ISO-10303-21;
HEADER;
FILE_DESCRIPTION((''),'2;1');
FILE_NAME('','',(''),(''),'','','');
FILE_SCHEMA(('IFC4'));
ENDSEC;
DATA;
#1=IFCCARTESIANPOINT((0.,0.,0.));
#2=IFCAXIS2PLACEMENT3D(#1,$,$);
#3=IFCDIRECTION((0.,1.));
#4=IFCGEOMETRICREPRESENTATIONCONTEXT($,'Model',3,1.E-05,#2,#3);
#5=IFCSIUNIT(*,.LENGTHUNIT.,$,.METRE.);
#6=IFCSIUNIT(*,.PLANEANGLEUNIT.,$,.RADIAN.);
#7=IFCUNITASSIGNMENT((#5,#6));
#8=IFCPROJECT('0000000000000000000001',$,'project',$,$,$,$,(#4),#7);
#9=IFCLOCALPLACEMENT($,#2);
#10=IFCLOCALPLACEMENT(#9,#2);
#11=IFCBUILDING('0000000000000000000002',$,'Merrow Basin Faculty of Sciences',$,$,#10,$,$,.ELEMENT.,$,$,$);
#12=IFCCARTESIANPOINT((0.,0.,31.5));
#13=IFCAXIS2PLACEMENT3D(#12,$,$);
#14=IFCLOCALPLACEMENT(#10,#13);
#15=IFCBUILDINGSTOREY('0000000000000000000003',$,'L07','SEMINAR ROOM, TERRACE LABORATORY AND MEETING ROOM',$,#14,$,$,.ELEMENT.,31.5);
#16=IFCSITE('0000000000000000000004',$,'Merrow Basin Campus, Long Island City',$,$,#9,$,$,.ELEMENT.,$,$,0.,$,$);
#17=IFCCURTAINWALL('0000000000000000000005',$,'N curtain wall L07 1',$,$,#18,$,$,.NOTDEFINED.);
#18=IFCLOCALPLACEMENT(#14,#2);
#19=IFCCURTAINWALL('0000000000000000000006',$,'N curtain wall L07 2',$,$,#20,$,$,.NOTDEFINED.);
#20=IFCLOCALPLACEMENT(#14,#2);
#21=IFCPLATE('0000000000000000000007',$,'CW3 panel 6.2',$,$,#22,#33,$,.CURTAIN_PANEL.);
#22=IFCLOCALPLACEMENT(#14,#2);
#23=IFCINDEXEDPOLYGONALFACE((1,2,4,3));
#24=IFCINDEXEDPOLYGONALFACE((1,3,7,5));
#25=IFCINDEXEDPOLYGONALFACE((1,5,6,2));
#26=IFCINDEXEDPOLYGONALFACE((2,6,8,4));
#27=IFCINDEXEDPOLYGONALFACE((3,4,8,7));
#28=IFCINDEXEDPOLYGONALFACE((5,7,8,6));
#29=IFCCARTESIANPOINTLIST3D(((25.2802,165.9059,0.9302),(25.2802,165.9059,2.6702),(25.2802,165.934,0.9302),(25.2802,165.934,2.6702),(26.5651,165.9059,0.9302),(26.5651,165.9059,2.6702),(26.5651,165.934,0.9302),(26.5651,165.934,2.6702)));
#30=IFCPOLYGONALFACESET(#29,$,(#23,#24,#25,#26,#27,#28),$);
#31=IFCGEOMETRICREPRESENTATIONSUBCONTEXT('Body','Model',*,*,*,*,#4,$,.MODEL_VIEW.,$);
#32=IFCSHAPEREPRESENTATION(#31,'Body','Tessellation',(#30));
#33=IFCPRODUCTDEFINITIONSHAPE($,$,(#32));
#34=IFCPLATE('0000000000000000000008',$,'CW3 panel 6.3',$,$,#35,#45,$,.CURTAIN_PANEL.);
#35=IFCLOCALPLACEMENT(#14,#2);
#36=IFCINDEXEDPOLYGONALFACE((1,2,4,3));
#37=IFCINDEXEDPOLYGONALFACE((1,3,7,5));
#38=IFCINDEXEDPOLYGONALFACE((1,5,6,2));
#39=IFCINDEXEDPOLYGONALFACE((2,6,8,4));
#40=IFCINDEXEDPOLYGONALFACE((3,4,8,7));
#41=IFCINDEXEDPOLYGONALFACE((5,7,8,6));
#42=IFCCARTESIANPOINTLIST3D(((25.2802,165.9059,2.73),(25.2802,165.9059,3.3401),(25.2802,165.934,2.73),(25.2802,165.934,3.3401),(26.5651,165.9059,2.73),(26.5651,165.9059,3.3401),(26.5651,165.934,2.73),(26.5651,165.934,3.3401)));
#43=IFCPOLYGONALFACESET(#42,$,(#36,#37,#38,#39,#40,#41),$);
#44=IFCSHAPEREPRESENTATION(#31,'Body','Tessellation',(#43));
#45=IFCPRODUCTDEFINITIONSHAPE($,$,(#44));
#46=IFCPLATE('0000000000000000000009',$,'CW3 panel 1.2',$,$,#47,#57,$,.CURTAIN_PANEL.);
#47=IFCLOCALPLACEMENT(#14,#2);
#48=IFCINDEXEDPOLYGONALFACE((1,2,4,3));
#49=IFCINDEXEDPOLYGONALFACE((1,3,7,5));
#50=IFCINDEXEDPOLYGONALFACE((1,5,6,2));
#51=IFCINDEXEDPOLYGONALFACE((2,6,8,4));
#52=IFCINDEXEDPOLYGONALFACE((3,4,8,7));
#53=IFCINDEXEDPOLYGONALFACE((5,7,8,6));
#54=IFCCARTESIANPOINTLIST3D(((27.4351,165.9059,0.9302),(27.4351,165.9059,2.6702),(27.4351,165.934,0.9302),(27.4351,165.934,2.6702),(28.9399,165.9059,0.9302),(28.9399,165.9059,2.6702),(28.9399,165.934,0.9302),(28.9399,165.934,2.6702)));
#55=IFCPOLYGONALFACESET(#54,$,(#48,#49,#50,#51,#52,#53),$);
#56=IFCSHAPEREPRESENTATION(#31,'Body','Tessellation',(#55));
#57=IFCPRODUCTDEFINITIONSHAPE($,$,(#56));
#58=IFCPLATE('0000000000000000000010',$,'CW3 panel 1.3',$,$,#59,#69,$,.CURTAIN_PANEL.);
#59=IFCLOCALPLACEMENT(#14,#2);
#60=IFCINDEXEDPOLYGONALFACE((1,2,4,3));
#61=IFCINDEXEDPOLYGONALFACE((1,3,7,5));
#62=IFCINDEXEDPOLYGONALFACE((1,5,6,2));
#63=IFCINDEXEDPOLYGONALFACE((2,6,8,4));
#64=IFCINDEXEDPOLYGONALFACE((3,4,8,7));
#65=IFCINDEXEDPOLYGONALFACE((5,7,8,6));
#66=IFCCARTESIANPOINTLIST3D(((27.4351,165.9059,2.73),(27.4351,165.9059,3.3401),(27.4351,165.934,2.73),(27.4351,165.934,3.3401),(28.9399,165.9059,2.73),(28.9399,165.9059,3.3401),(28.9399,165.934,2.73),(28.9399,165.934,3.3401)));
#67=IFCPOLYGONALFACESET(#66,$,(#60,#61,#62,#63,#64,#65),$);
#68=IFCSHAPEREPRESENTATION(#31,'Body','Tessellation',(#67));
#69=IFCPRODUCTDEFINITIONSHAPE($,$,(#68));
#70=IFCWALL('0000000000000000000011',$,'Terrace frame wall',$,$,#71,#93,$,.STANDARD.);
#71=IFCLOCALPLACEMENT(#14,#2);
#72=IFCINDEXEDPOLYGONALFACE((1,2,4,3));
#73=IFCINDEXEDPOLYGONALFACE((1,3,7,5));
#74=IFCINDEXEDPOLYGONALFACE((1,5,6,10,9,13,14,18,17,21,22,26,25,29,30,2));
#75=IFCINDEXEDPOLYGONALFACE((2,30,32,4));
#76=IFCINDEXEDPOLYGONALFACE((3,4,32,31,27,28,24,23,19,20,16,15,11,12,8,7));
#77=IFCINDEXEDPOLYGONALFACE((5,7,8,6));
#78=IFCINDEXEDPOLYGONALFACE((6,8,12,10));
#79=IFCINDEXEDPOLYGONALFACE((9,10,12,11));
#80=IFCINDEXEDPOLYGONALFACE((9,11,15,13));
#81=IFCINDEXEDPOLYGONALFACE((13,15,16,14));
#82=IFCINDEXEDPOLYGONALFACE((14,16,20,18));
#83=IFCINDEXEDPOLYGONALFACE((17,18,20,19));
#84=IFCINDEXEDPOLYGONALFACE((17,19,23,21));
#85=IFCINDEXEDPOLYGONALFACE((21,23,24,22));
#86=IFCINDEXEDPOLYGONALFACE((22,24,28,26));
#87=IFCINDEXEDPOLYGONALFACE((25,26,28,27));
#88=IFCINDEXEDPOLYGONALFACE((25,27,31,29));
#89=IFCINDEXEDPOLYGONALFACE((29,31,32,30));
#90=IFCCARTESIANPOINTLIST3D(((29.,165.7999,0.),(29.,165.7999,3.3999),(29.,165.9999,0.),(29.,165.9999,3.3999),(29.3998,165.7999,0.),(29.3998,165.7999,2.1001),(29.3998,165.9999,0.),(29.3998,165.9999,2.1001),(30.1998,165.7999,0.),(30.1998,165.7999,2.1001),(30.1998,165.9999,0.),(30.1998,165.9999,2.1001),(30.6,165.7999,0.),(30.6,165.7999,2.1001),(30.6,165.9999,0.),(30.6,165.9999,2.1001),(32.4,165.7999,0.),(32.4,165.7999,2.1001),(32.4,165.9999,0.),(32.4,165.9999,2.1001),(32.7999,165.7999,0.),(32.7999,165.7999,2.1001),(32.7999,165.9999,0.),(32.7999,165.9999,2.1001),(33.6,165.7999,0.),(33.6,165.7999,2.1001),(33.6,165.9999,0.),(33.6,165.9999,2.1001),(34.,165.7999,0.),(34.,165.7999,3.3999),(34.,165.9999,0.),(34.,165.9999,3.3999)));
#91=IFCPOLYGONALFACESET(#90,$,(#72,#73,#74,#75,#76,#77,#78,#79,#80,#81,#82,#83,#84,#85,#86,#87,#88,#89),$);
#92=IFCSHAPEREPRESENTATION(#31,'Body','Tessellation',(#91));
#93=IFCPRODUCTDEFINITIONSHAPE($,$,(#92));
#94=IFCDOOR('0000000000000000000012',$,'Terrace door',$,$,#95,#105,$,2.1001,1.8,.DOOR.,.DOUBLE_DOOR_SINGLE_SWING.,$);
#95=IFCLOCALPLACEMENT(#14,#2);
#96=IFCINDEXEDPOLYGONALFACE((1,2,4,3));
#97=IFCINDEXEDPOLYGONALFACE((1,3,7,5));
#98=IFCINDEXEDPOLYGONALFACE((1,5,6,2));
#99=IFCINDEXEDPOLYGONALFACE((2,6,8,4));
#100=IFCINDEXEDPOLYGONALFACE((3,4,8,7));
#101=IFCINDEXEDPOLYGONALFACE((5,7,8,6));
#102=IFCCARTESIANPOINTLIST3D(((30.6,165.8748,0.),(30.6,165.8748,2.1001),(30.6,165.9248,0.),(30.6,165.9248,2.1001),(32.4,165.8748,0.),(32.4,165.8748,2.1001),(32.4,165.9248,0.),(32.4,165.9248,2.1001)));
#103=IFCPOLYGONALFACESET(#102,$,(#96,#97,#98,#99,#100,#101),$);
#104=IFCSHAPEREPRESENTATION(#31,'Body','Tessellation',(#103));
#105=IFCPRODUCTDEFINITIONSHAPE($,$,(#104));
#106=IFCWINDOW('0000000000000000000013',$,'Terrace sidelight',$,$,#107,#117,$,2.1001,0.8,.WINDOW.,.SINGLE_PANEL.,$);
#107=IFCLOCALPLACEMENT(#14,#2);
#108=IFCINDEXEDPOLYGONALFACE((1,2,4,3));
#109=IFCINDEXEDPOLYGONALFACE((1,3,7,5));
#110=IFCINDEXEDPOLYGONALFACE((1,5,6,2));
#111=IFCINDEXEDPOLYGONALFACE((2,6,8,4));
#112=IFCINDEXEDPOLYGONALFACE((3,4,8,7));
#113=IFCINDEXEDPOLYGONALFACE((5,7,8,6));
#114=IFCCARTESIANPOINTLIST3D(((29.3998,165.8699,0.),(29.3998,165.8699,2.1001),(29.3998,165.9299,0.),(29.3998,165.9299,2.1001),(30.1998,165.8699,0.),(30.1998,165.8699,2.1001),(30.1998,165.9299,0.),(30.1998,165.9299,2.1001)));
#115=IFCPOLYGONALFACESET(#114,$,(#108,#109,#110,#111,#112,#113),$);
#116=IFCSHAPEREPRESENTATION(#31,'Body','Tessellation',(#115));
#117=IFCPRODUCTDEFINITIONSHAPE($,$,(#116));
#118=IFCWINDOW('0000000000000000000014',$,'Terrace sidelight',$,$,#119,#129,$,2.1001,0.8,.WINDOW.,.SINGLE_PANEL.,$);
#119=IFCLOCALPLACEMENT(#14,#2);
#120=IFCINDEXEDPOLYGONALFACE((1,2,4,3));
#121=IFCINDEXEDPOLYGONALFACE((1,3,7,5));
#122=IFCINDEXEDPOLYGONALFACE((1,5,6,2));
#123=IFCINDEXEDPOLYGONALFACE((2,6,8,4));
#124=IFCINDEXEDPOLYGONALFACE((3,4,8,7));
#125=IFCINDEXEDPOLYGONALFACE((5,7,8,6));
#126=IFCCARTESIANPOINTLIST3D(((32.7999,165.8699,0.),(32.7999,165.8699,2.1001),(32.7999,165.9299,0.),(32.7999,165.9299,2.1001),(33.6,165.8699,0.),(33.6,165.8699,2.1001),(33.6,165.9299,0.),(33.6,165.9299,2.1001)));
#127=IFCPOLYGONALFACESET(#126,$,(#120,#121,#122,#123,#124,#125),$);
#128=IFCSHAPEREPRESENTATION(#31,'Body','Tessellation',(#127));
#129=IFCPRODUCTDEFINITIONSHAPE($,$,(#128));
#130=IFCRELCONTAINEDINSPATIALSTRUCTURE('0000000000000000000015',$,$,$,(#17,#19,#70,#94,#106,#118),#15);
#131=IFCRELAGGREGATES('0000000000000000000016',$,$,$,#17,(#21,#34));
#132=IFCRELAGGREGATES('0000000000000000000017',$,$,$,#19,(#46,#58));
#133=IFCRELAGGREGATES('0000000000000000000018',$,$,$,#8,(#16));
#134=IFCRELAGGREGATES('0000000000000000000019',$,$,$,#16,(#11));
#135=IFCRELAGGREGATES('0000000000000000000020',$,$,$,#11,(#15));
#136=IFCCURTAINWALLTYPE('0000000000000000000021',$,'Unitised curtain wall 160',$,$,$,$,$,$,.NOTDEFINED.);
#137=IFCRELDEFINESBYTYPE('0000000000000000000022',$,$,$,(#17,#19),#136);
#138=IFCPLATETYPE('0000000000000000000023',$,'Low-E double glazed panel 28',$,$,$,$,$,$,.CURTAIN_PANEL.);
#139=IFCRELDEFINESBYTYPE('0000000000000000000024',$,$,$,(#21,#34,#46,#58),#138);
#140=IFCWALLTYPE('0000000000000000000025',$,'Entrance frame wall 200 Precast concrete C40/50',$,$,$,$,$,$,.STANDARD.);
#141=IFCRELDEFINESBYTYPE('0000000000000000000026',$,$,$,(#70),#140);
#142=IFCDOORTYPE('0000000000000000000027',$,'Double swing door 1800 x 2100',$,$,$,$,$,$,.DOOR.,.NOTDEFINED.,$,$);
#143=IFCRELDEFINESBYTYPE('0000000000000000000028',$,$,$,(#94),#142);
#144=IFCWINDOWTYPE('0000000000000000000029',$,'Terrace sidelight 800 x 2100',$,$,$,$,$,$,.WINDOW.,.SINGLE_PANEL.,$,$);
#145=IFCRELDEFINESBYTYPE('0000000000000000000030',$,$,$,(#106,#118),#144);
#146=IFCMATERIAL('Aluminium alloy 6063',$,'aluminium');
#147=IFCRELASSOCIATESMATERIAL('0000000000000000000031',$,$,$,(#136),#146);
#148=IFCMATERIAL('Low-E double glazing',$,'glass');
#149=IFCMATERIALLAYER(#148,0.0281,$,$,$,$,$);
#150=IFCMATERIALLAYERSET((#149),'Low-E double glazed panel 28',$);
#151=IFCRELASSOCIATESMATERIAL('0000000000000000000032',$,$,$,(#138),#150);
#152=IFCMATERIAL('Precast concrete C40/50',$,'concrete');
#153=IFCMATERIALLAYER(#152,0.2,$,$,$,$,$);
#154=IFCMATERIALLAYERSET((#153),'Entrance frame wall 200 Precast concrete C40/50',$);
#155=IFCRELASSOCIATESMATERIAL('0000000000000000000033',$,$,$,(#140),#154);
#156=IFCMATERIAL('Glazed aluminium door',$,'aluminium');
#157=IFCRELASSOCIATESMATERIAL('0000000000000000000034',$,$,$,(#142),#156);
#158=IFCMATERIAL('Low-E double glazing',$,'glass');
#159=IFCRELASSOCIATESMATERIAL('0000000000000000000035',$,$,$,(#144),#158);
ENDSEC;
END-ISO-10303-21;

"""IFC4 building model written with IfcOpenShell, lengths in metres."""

from ifc_helpers import new_model, si_unit, direction, frame, frame_2d, origin, origin_2d, place, context, subcontext, project, spatial, rectangle, extrude, material, layer, layer_set, type_object, element, fill, aggregate, save


model = new_model("IFC4")

# Units and contexts
model_context = context("Model", 3, precision=1e-05, world=origin(), true_north=direction((0.0, 1.0)))
body_context = subcontext(model_context, "Body", "Model", "MODEL_VIEW")
ifc_project = project(units=[si_unit("LENGTHUNIT", "METRE"), si_unit("PLANEANGLEUNIT", "RADIAN")], contexts=[model_context])

# Site, building, storey
site_placement = place(None, origin())
site = spatial("IfcSite", under=ifc_project, at=site_placement, Name="Merrow Basin Campus, Long Island City", CompositionType="ELEMENT", RefElevation=0.0)
building_placement = place(site_placement, origin())
building = spatial("IfcBuilding", under=site, at=building_placement, Name="Merrow Basin Faculty of Sciences", CompositionType="ELEMENT")
storey_placement = place(building_placement, frame((0.0, 0.0, 31.5)))
storey = spatial("IfcBuildingStorey", under=building, at=storey_placement, Name="L07", Description="SEMINAR ROOM, TERRACE LABORATORY AND MEETING ROOM", CompositionType="ELEMENT", Elevation=31.5)

# Curtain wall
ifc_material_1 = material(Name="Aluminium alloy 6063", Category="aluminium")
curtain_wall_type = type_object("IfcCurtainWallType", Name="Unitised curtain wall 160", PredefinedType="NOTDEFINED", material=ifc_material_1)
curtain_wall_1_placement = place(storey_placement, origin())
curtain_wall_1 = element("IfcCurtainWall", 1, at=curtain_wall_1_placement, inside=storey, type_object=curtain_wall_type, Name="N curtain wall L07 1", PredefinedType="NOTDEFINED")

# Curtain wall
curtain_wall_2_placement = place(storey_placement, origin())
curtain_wall_2 = element("IfcCurtainWall", 2, at=curtain_wall_2_placement, inside=storey, type_object=curtain_wall_type, Name="N curtain wall L07 2", PredefinedType="NOTDEFINED")

# Plates
ifc_material_2 = material(Name="Low-E double glazing", Category="glass")
ifc_layer_1 = layer(ifc_material_2, 0.0281)
ifc_layer_set_1 = layer_set([ifc_layer_1], Name="Low-E double glazed panel 28")
plate_type_1 = type_object("IfcPlateType", Name="Low-E double glazed panel 28", PredefinedType="CURTAIN_PANEL", material=ifc_layer_set_1)
plate_1_placement = place(storey_placement, frame((25.9226, 165.9199, 0.9302), z_axis=(0.0, 0.0, 1.0), x_axis=(1.0, 0.0, 0.0)))
plate_1 = element("IfcPlate", 3, at=plate_1_placement, type_object=plate_type_1, Name="CW3 panel 6.2", PredefinedType="CURTAIN_PANEL", context=body_context, shape_type="SweptSolid", body=[
    extrude(rectangle(XDim=1.2849, YDim=0.0281, at=origin_2d()), origin(), (0.0, 0.0, 1.0), 1.74),
])
plate_2_placement = place(storey_placement, frame((25.9226, 165.9199, 2.73), z_axis=(0.0, 0.0, 1.0), x_axis=(1.0, 0.0, 0.0)))
plate_2 = element("IfcPlate", 4, at=plate_2_placement, type_object=plate_type_1, Name="CW3 panel 6.3", PredefinedType="CURTAIN_PANEL", context=body_context, shape_type="SweptSolid", body=[
    extrude(rectangle(XDim=1.2849, YDim=0.0281, at=origin_2d()), origin(), (0.0, 0.0, 1.0), 0.6101),
])
aggregate(curtain_wall_1, [plate_1, plate_2])
plate_3_placement = place(storey_placement, frame((28.1875, 165.9199, 0.9302), z_axis=(0.0, 0.0, 1.0), x_axis=(1.0, 0.0, 0.0)))
plate_3 = element("IfcPlate", 5, at=plate_3_placement, type_object=plate_type_1, Name="CW3 panel 1.2", PredefinedType="CURTAIN_PANEL", context=body_context, shape_type="SweptSolid", body=[
    extrude(rectangle(XDim=1.5049, YDim=0.0281, at=origin_2d()), origin(), (0.0, 0.0, 1.0), 1.74),
])
plate_4_placement = place(storey_placement, frame((28.1875, 165.9199, 2.73), z_axis=(0.0, 0.0, 1.0), x_axis=(1.0, 0.0, 0.0)))
plate_4 = element("IfcPlate", 6, at=plate_4_placement, type_object=plate_type_1, Name="CW3 panel 1.3", PredefinedType="CURTAIN_PANEL", context=body_context, shape_type="SweptSolid", body=[
    extrude(rectangle(XDim=1.5049, YDim=0.0281, at=origin_2d()), origin(), (0.0, 0.0, 1.0), 0.6101),
])
aggregate(curtain_wall_2, [plate_3, plate_4])

# Wall, openings, door, windows
ifc_material_3 = material(Name="Precast concrete C40/50", Category="concrete")
ifc_layer_2 = layer(ifc_material_3, 0.2)
ifc_layer_set_2 = layer_set([ifc_layer_2], Name="Entrance frame wall 200 Precast concrete C40/50")
wall_type = type_object("IfcWallType", Name="Entrance frame wall 200 Precast concrete C40/50", PredefinedType="STANDARD", material=ifc_layer_set_2)
wall_placement = place(storey_placement, frame((29.0, 165.8999, 0.0), z_axis=(0.0, 0.0, 1.0), x_axis=(1.0, 0.0, 0.0)))
wall = element("IfcWall", 7, at=wall_placement, inside=storey, type_object=wall_type, Name="Terrace frame wall", PredefinedType="STANDARD", context=body_context, shape_type="SweptSolid", body=[
    extrude(rectangle(XDim=5.0, YDim=0.2, at=frame_2d((2.5, 0.0))), origin(), (0.0, 0.0, 1.0), 3.3999),
])
opening_1_placement = place(wall_placement, frame((1.6001, 0.0, 0.0)))
opening_1 = element("IfcOpeningElement", 8, at=opening_1_placement, cuts=wall, PredefinedType="OPENING", context=body_context, shape_type="SweptSolid", body=[
    extrude(rectangle(XDim=1.8, YDim=2.1001, at=frame_2d((0.8999, 1.05))), frame((0.0, 0.1099, 0.0), z_axis=(0.0, -1.0, 0.0), x_axis=(1.0, 0.0, 0.0)), (0.0, 0.0, 1.0), 0.22),
])
opening_2_placement = place(wall_placement, frame((0.3999, 0.0, 0.0)))
opening_2 = element("IfcOpeningElement", 9, at=opening_2_placement, cuts=wall, PredefinedType="OPENING", context=body_context, shape_type="SweptSolid", body=[
    extrude(rectangle(XDim=0.8, YDim=2.1001, at=frame_2d((0.3999, 1.05))), frame((0.0, 0.1099, 0.0), z_axis=(0.0, -1.0, 0.0), x_axis=(1.0, 0.0, 0.0)), (0.0, 0.0, 1.0), 0.22),
])
opening_3_placement = place(wall_placement, frame((3.8, 0.0, 0.0)))
opening_3 = element("IfcOpeningElement", 10, at=opening_3_placement, cuts=wall, PredefinedType="OPENING", context=body_context, shape_type="SweptSolid", body=[
    extrude(rectangle(XDim=0.8, YDim=2.1001, at=frame_2d((0.3999, 1.05))), frame((0.0, 0.1099, 0.0), z_axis=(0.0, -1.0, 0.0), x_axis=(1.0, 0.0, 0.0)), (0.0, 0.0, 1.0), 0.22),
])
ifc_material_4 = material(Name="Glazed aluminium door", Category="aluminium")
door_type = type_object("IfcDoorType", Name="Double swing door 1800 x 2100", OperationType="NOTDEFINED", PredefinedType="DOOR", material=ifc_material_4)
door_placement = place(opening_1_placement, origin())
door = element("IfcDoor", 11, at=door_placement, inside=storey, type_object=door_type, Name="Terrace door", OperationType="DOUBLE_DOOR_SINGLE_SWING", OverallHeight=2.1001, OverallWidth=1.8, PredefinedType="DOOR", context=body_context, shape_type="SweptSolid", body=[
    extrude(rectangle(XDim=1.8, YDim=2.1001, at=frame_2d((0.8999, 1.05))), frame((0.0, 0.0249, 0.0), z_axis=(0.0, -1.0, 0.0), x_axis=(1.0, 0.0, 0.0)), (0.0, 0.0, 1.0), 0.05),
])
fill(opening_1, door)
ifc_material_5 = material(Name="Low-E double glazing", Category="glass")
window_type = type_object("IfcWindowType", Name="Terrace sidelight 800 x 2100", PartitioningType="SINGLE_PANEL", PredefinedType="WINDOW", material=ifc_material_5)
window_1_placement = place(opening_2_placement, origin())
window_1 = element("IfcWindow", 12, at=window_1_placement, inside=storey, type_object=window_type, Name="Terrace sidelight", OverallHeight=2.1001, OverallWidth=0.8, PartitioningType="SINGLE_PANEL", PredefinedType="WINDOW", context=body_context, shape_type="SweptSolid", body=[
    extrude(rectangle(XDim=0.8, YDim=2.1001, at=frame_2d((0.3999, 1.05))), frame((0.0, 0.03, 0.0), z_axis=(0.0, -1.0, 0.0), x_axis=(1.0, 0.0, 0.0)), (0.0, 0.0, 1.0), 0.0601),
])
fill(opening_2, window_1)
window_2_placement = place(opening_3_placement, origin())
window_2 = element("IfcWindow", 13, at=window_2_placement, inside=storey, type_object=window_type, Name="Terrace sidelight", OverallHeight=2.1001, OverallWidth=0.8, PartitioningType="SINGLE_PANEL", PredefinedType="WINDOW", context=body_context, shape_type="SweptSolid", body=[
    extrude(rectangle(XDim=0.8, YDim=2.1001, at=frame_2d((0.3999, 1.05))), frame((0.0, 0.03, 0.0), z_axis=(0.0, -1.0, 0.0), x_axis=(1.0, 0.0, 0.0)), (0.0, 0.0, 1.0), 0.0601),
])
fill(opening_3, window_2)

save(model, "model.ifc")
